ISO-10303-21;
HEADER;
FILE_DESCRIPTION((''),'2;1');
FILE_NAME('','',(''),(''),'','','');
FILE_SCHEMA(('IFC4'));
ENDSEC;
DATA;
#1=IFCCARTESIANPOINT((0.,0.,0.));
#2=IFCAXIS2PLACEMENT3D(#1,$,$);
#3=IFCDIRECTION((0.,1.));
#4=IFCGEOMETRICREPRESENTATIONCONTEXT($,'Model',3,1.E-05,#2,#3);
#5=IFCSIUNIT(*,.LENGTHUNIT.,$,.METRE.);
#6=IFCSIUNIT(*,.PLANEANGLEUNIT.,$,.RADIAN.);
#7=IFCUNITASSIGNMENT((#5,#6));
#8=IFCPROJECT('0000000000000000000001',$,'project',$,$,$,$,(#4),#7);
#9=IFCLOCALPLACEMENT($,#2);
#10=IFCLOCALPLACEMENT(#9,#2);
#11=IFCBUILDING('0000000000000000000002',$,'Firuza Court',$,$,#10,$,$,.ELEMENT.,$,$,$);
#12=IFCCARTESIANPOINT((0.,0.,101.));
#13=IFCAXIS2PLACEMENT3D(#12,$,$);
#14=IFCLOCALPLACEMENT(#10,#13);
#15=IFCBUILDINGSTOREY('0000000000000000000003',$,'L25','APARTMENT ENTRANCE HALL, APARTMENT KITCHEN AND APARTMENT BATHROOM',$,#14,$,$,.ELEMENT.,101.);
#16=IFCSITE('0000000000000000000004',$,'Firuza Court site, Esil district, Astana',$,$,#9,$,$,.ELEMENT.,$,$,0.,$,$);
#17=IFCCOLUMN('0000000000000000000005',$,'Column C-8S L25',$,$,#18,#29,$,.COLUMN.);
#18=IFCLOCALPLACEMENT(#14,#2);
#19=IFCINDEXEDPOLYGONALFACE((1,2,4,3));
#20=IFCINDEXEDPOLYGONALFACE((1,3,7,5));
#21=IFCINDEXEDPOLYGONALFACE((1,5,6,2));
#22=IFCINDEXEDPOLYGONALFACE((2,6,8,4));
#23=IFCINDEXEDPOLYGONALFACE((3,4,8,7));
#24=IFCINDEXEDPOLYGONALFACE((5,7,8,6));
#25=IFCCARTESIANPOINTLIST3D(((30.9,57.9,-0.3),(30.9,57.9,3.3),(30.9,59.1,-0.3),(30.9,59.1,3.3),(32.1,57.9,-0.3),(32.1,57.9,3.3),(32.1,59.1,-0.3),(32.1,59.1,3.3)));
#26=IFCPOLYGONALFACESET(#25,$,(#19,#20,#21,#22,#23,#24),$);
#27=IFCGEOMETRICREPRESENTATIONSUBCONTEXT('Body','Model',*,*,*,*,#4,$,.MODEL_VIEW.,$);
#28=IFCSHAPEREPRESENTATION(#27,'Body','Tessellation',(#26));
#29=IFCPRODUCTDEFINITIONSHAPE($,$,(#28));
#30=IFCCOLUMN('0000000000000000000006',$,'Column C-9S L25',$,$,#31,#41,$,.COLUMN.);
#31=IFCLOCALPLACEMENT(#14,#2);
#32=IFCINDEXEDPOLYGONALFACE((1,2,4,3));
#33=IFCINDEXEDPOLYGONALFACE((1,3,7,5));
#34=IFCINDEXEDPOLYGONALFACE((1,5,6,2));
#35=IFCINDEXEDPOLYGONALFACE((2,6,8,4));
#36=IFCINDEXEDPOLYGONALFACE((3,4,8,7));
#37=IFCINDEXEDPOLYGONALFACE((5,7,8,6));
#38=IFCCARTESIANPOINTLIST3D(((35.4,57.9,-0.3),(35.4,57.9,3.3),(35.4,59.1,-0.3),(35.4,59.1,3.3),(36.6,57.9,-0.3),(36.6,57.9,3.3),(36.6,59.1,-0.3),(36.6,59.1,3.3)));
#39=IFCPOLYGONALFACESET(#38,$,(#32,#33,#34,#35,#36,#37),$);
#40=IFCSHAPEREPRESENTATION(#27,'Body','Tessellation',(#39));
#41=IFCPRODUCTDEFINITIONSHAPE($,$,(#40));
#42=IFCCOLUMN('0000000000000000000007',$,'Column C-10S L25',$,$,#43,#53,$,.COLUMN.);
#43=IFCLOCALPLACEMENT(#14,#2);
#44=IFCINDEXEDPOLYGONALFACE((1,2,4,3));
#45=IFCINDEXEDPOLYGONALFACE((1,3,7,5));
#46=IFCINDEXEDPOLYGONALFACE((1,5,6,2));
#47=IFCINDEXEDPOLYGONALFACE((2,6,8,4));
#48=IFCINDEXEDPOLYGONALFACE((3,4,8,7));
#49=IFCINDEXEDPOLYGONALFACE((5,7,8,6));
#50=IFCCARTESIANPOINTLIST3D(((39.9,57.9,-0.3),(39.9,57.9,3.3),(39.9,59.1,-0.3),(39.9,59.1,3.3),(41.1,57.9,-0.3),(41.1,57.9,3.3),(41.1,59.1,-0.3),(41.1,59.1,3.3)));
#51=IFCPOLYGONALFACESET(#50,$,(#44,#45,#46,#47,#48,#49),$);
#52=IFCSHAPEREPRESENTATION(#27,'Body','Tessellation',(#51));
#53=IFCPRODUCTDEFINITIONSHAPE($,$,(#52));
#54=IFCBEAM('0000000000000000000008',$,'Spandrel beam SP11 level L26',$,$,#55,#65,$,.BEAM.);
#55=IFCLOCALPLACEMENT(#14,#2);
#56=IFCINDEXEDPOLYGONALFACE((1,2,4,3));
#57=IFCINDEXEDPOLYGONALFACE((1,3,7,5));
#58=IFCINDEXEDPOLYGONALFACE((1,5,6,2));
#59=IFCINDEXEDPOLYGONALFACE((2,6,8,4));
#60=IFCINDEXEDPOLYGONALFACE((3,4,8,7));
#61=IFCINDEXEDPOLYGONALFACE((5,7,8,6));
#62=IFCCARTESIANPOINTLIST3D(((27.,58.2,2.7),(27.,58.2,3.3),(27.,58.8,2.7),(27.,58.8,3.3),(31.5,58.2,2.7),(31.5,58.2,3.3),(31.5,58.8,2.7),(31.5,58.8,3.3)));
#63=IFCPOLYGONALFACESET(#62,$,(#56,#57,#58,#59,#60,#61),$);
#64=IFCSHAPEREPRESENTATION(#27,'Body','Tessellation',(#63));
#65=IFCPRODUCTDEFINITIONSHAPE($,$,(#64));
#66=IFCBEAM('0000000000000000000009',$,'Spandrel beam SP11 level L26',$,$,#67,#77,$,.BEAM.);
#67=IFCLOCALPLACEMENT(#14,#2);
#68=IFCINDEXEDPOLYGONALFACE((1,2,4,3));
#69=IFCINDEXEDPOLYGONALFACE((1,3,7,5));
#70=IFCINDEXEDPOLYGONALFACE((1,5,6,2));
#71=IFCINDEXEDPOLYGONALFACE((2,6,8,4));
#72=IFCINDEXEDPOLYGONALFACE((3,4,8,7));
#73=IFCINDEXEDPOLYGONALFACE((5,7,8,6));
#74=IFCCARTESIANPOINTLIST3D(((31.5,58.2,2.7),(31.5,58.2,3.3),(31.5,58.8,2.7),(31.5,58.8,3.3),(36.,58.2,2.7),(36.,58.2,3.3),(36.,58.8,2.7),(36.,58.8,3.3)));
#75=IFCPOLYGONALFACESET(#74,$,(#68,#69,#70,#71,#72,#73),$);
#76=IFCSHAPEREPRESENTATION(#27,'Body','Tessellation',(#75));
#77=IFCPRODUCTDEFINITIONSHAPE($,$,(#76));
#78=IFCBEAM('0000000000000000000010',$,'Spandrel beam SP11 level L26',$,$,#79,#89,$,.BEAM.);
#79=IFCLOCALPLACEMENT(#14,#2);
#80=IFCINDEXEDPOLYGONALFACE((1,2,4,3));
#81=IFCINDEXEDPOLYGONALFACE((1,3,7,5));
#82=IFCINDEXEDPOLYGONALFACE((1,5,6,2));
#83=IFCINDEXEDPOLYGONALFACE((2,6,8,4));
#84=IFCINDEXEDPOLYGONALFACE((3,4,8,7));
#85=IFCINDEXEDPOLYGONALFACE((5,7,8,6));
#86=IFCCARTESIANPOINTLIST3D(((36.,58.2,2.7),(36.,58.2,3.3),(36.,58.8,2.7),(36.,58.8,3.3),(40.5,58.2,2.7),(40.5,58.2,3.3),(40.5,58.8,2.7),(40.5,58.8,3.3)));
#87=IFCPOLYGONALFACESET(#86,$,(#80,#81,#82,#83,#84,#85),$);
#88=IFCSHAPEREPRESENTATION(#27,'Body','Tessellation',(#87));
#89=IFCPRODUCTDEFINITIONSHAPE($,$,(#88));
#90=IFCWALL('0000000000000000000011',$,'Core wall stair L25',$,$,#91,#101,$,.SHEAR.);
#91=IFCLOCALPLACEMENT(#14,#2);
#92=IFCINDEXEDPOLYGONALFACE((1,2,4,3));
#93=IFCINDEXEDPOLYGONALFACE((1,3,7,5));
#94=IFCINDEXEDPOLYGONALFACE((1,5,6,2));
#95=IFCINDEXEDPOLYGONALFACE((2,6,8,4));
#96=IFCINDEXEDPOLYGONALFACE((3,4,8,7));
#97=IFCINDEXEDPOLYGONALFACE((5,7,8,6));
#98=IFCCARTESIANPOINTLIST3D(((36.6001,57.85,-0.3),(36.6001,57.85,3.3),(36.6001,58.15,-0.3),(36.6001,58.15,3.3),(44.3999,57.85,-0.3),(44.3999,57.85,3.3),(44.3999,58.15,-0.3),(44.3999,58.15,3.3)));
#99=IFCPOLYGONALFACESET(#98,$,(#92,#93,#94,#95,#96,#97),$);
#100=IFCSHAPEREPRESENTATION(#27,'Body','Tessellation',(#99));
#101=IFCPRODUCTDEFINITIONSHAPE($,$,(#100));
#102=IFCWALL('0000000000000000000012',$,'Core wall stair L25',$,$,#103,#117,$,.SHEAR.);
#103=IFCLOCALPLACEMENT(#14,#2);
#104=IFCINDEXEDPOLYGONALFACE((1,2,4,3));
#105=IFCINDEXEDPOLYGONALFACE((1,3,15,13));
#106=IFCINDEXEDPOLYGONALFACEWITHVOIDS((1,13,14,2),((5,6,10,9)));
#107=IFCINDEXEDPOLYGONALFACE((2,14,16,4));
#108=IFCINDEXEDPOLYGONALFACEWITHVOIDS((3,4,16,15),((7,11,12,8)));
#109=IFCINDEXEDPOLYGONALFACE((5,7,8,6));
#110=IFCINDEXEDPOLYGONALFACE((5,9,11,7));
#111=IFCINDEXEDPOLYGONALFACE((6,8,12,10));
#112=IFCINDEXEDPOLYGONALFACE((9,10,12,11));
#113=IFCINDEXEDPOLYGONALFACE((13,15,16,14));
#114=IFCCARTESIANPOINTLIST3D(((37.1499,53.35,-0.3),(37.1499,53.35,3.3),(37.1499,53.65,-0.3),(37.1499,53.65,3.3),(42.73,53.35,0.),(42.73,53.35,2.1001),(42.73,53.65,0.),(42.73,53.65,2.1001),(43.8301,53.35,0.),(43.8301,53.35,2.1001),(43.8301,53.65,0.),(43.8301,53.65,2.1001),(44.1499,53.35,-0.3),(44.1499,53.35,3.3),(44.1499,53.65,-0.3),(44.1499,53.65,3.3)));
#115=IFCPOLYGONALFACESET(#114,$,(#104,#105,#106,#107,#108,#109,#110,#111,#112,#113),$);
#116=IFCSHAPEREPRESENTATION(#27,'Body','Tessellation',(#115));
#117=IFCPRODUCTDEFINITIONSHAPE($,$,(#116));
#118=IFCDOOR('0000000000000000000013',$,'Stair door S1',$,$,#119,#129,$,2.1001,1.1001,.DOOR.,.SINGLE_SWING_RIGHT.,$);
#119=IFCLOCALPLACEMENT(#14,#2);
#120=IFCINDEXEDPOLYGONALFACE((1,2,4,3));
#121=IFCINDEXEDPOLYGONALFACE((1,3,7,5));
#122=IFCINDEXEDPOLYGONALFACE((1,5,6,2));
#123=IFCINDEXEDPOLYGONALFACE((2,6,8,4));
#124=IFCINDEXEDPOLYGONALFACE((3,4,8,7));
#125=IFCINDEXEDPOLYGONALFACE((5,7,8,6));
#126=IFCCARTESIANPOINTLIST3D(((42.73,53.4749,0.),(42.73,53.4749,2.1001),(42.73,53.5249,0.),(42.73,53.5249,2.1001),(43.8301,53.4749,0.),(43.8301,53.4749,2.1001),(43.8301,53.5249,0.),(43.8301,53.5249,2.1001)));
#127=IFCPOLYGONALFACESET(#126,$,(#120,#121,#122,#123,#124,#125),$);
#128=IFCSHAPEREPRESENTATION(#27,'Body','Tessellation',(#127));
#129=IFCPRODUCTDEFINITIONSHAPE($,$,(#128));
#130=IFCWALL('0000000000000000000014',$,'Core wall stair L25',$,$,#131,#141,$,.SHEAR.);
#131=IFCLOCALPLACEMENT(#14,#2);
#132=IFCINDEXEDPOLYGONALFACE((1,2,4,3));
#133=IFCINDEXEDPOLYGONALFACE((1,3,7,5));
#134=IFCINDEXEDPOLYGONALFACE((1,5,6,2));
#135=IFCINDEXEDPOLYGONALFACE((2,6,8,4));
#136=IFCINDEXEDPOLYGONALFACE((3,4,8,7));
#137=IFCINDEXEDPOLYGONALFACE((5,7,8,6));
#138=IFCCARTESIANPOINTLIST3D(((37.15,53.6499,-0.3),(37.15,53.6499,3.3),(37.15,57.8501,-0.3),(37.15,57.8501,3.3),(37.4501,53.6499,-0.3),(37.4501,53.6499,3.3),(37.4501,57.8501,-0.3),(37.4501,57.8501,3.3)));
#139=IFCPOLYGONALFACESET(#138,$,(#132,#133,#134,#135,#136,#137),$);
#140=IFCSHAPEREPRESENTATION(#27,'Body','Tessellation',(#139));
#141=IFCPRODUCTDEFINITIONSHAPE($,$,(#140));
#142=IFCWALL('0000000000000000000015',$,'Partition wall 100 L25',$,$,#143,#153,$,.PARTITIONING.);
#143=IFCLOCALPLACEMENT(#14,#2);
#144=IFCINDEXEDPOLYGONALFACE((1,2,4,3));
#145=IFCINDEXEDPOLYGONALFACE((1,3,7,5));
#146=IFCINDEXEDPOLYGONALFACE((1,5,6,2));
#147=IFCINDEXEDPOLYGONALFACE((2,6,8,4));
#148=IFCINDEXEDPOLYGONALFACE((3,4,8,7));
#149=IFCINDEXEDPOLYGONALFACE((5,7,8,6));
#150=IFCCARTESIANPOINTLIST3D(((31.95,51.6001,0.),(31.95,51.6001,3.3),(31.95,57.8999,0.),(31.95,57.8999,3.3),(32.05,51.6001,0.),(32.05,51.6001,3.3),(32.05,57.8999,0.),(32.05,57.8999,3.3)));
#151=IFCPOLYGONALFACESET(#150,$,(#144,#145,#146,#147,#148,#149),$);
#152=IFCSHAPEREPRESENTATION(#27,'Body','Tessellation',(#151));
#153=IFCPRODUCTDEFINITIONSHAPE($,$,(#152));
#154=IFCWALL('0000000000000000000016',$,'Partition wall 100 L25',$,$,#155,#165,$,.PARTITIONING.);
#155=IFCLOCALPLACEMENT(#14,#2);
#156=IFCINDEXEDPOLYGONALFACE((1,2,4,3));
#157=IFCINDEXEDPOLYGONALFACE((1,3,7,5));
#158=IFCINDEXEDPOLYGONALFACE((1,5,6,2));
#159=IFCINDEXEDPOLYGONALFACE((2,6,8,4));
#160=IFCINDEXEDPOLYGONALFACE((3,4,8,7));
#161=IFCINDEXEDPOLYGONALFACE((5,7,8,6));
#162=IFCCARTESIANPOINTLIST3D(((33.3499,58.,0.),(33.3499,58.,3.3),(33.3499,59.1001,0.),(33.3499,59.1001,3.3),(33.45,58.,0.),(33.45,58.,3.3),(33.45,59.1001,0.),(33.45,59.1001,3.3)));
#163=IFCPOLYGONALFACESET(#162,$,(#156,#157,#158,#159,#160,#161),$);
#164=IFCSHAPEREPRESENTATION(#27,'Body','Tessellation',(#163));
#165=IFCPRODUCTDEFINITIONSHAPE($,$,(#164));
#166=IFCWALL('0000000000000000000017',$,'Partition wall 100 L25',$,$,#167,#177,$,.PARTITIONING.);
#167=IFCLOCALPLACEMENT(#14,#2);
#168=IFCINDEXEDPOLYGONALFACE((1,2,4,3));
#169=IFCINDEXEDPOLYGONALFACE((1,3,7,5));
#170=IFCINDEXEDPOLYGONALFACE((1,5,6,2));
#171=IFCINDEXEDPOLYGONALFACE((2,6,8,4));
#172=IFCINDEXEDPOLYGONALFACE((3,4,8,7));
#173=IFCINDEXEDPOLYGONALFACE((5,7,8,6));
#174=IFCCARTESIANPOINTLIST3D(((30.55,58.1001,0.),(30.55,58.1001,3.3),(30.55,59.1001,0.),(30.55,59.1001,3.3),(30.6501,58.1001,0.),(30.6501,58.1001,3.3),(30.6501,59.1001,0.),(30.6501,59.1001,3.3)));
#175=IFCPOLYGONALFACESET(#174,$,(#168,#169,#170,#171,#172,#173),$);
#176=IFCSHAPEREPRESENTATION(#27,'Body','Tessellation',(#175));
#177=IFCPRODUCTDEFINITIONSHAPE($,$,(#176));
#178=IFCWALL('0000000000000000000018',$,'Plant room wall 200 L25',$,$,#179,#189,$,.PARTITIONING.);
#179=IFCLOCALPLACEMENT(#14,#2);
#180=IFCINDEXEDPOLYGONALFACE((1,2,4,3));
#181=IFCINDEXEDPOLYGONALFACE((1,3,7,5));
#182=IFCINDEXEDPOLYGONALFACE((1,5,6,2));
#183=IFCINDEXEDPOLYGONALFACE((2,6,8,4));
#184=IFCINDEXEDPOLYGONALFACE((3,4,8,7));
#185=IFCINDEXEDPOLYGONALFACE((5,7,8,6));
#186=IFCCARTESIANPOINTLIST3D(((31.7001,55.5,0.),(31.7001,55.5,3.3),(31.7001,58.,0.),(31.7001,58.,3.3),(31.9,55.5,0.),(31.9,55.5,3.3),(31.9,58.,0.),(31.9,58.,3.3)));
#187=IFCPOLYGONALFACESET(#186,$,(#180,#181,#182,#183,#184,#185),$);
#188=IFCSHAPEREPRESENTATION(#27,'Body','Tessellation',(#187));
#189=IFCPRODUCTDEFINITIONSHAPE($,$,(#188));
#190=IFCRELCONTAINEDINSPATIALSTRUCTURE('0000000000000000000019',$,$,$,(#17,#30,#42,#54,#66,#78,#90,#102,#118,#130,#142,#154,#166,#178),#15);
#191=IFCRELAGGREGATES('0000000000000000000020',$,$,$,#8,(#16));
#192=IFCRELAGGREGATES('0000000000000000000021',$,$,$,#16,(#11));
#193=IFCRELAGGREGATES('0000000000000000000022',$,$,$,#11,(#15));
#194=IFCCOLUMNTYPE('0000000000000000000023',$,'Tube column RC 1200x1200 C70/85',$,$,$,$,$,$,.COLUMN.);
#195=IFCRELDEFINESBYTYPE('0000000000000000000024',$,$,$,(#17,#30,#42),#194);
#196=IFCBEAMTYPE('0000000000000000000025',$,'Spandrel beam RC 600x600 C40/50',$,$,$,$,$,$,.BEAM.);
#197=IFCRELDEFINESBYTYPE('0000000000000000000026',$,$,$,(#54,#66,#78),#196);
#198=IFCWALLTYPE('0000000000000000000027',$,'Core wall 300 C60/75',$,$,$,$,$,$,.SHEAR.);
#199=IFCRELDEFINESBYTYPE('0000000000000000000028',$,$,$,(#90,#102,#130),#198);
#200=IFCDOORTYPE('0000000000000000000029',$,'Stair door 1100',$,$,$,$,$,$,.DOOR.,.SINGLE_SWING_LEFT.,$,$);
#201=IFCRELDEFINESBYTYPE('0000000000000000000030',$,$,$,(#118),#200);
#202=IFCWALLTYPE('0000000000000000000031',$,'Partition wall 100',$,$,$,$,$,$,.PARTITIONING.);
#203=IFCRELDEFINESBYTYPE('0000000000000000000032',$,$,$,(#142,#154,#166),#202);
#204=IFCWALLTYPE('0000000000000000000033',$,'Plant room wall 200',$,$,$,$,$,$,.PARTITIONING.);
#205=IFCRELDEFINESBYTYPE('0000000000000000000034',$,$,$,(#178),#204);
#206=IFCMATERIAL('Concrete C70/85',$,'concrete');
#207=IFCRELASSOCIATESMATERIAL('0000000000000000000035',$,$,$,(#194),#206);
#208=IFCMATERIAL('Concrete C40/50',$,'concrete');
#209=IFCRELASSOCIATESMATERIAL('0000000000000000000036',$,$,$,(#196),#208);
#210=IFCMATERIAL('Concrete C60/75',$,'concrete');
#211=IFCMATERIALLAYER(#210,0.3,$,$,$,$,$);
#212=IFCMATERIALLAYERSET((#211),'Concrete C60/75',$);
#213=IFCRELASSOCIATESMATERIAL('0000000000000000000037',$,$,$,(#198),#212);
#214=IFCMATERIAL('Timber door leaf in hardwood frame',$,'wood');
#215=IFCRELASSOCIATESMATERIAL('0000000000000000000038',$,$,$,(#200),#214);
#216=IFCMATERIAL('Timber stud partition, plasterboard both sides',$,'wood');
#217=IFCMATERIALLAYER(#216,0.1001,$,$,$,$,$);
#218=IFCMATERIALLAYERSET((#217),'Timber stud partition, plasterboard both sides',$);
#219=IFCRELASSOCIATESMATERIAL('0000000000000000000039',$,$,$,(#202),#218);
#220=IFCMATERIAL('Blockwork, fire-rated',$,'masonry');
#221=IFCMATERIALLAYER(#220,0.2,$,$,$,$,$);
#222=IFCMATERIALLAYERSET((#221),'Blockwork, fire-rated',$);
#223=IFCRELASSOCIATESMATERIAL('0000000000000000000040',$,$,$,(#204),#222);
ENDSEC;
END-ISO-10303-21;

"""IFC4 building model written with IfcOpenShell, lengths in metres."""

from ifc_helpers import new_model, si_unit, direction, frame, frame_2d, origin, origin_2d, place, context, subcontext, project, spatial, rectangle, extrude, material, layer, layer_set, material_profile, profile_set, type_object, element, fill, save


model = new_model("IFC4")

# Units and contexts
model_context = context("Model", 3, precision=1e-05, world=origin(), true_north=direction((0.0, 1.0)))
body_context = subcontext(model_context, "Body", "Model", "MODEL_VIEW")
ifc_project = project(units=[si_unit("LENGTHUNIT", "METRE"), si_unit("PLANEANGLEUNIT", "RADIAN")], contexts=[model_context])

# Site, building, storey
site_placement = place(None, origin())
site = spatial("IfcSite", under=ifc_project, at=site_placement, Name="Firuza Court site, Esil district, Astana", CompositionType="ELEMENT", RefElevation=0.0)
building_placement = place(site_placement, origin())
building = spatial("IfcBuilding", under=site, at=building_placement, Name="Firuza Court", CompositionType="ELEMENT")
storey_placement = place(building_placement, frame((0.0, 0.0, 101.0)))
storey = spatial("IfcBuildingStorey", under=building, at=storey_placement, Name="L25", Description="APARTMENT ENTRANCE HALL, APARTMENT KITCHEN AND APARTMENT BATHROOM", CompositionType="ELEMENT", Elevation=101.0)

# Columns
ifc_material_1 = material(Name="Concrete C70/85", Category="concrete")
ifc_material_profile_1 = material_profile(ifc_material_1, rectangle(XDim=1.2, YDim=1.2, at=origin_2d()), Name="RC 1200x1200")
ifc_profile_set_1 = profile_set([ifc_material_profile_1], Name="Concrete C70/85")
column_type = type_object("IfcColumnType", Name="Tube column RC 1200x1200 C70/85", PredefinedType="COLUMN", material=ifc_profile_set_1)
for number, where, z_axis, x_axis, name in (
    (1, (31.5, 58.5, -0.3), (0.0, 0.0, 1.0), (1.0, 0.0, 0.0), "Column C-8S L25"),
    (2, (36.0, 58.5, -0.3), (0.0, 0.0, 1.0), (1.0, 0.0, 0.0), "Column C-9S L25"),
    (3, (40.5, 58.5, -0.3), (0.0, 0.0, 1.0), (1.0, 0.0, 0.0), "Column C-10S L25"),
):
    element("IfcColumn", number, at=place(storey_placement, frame(where, z_axis=z_axis, x_axis=x_axis)), inside=storey, type_object=column_type, Name=name, PredefinedType="COLUMN", context=body_context, shape_type="SweptSolid", body=[
        extrude(rectangle(XDim=1.2, YDim=1.2, at=origin_2d()), origin(), (0.0, 0.0, 1.0), 3.6001),
    ])

# Beams
ifc_material_2 = material(Name="Concrete C40/50", Category="concrete")
ifc_material_profile_2 = material_profile(ifc_material_2, rectangle(XDim=0.6001, YDim=0.6001, at=origin_2d()), Name="RC 600x600")
ifc_profile_set_2 = profile_set([ifc_material_profile_2], Name="Concrete C40/50")
beam_type = type_object("IfcBeamType", Name="Spandrel beam RC 600x600 C40/50", PredefinedType="BEAM", material=ifc_profile_set_2)
for number, where, z_axis, x_axis, name in (
    (4, (31.5, 58.5, 3.0), (-1.0, 0.0, 0.0), (0.0, -1.0, 0.0), "Spandrel beam SP11 level L26"),
    (5, (36.0, 58.5, 3.0), (-1.0, 0.0, 0.0), (0.0, -1.0, 0.0), "Spandrel beam SP11 level L26"),
    (6, (40.5, 58.5, 3.0), (-1.0, 0.0, 0.0), (0.0, -1.0, 0.0), "Spandrel beam SP11 level L26"),
):
    element("IfcBeam", number, at=place(storey_placement, frame(where, z_axis=z_axis, x_axis=x_axis)), inside=storey, type_object=beam_type, Name=name, PredefinedType="BEAM", context=body_context, shape_type="SweptSolid", body=[
        extrude(rectangle(XDim=0.6001, YDim=0.6001, at=origin_2d()), origin(), (0.0, 0.0, 1.0), 4.5),
    ])

# Wall
ifc_material_3 = material(Name="Concrete C60/75", Category="concrete")
ifc_layer_1 = layer(ifc_material_3, 0.3)
ifc_layer_set_1 = layer_set([ifc_layer_1], Name="Concrete C60/75")
wall_type_1 = type_object("IfcWallType", Name="Core wall 300 C60/75", PredefinedType="SHEAR", material=ifc_layer_set_1)
wall_1_placement = place(storey_placement, frame((36.6001, 58.0, -0.3), z_axis=(0.0, 0.0, 1.0), x_axis=(1.0, 0.0, 0.0)))
element("IfcWall", 7, at=wall_1_placement, inside=storey, type_object=wall_type_1, Name="Core wall stair L25", PredefinedType="SHEAR", context=body_context, shape_type="SweptSolid", body=[
    extrude(rectangle(XDim=7.7998, YDim=0.3, at=frame_2d((3.8999, 0.0))), origin(), (0.0, 0.0, 1.0), 3.6001),
])

# Wall, opening, door
wall_2_placement = place(storey_placement, frame((37.1499, 53.5, -0.3), z_axis=(0.0, 0.0, 1.0), x_axis=(1.0, 0.0, 0.0)))
wall_2 = element("IfcWall", 8, at=wall_2_placement, inside=storey, type_object=wall_type_1, Name="Core wall stair L25", PredefinedType="SHEAR", context=body_context, shape_type="SweptSolid", body=[
    extrude(rectangle(XDim=7.0, YDim=0.3, at=frame_2d((3.5, 0.0))), origin(), (0.0, 0.0, 1.0), 3.6001),
])
opening_1_placement = place(wall_2_placement, frame((5.5801, 0.0, 0.3)))
opening_1 = element("IfcOpeningElement", 9, at=opening_1_placement, cuts=wall_2, PredefinedType="OPENING", context=body_context, shape_type="SweptSolid", body=[
    extrude(rectangle(XDim=1.1001, YDim=2.1001, at=frame_2d((0.55, 1.05))), frame((0.0, 0.1621, 0.0), z_axis=(0.0, -1.0, 0.0), x_axis=(1.0, 0.0, 0.0)), (0.0, 0.0, 1.0), 0.324),
])
ifc_material_4 = material(Name="Timber door leaf in hardwood frame", Category="wood")
door_type_1 = type_object("IfcDoorType", Name="Stair door 1100", OperationType="SINGLE_SWING_LEFT", PredefinedType="DOOR", material=ifc_material_4)
door_1_placement = place(opening_1_placement, origin())
door_1 = element("IfcDoor", 10, at=door_1_placement, inside=storey, type_object=door_type_1, Name="Stair door S1", OperationType="SINGLE_SWING_RIGHT", OverallHeight=2.1001, OverallWidth=1.1001, PredefinedType="DOOR", context=body_context, shape_type="SweptSolid", body=[
    extrude(rectangle(XDim=1.1001, YDim=2.1001, at=frame_2d((0.55, 1.05))), frame((0.0, 0.0249, 0.0), z_axis=(0.0, -1.0, 0.0), x_axis=(1.0, 0.0, 0.0)), (0.0, 0.0, 1.0), 0.05),
])
fill(opening_1, door_1)

# Walls
wall_3_placement = place(storey_placement, frame((37.3, 53.6499, -0.3), z_axis=(0.0, 0.0, 1.0), x_axis=(0.0, 1.0, 0.0)))
element("IfcWall", 11, at=wall_3_placement, inside=storey, type_object=wall_type_1, Name="Core wall stair L25", PredefinedType="SHEAR", context=body_context, shape_type="SweptSolid", body=[
    extrude(rectangle(XDim=4.2002, YDim=0.3, at=frame_2d((2.1001, 0.0))), origin(), (0.0, 0.0, 1.0), 3.6001),
])
ifc_material_5 = material(Name="Timber stud partition, plasterboard both sides", Category="wood")
ifc_layer_2 = layer(ifc_material_5, 0.1001)
ifc_layer_set_2 = layer_set([ifc_layer_2], Name="Timber stud partition, plasterboard both sides")
wall_type_2 = type_object("IfcWallType", Name="Partition wall 100", PredefinedType="PARTITIONING", material=ifc_layer_set_2)
wall_4_placement = place(storey_placement, frame((32.0, 51.6001, 0.0), z_axis=(0.0, 0.0, 1.0), x_axis=(0.0, 1.0, 0.0)))
element("IfcWall", 12, at=wall_4_placement, inside=storey, type_object=wall_type_2, Name="Partition wall 100 L25", PredefinedType="PARTITIONING", context=body_context, shape_type="SweptSolid", body=[
    extrude(rectangle(XDim=6.2998, YDim=0.1001, at=frame_2d((3.1499, 0.0))), origin(), (0.0, 0.0, 1.0), 3.3),
])
wall_5_placement = place(storey_placement, frame((33.3999, 58.0, 0.0), z_axis=(0.0, 0.0, 1.0), x_axis=(0.0, 1.0, 0.0)))
element("IfcWall", 13, at=wall_5_placement, inside=storey, type_object=wall_type_2, Name="Partition wall 100 L25", PredefinedType="PARTITIONING", context=body_context, shape_type="SweptSolid", body=[
    extrude(rectangle(XDim=1.1001, YDim=0.1001, at=frame_2d((0.55, 0.0))), origin(), (0.0, 0.0, 1.0), 3.3),
])
wall_6_placement = place(storey_placement, frame((30.6001, 58.1001, 0.0), z_axis=(0.0, 0.0, 1.0), x_axis=(0.0, 1.0, 0.0)))
element("IfcWall", 14, at=wall_6_placement, inside=storey, type_object=wall_type_2, Name="Partition wall 100 L25", PredefinedType="PARTITIONING", context=body_context, shape_type="SweptSolid", body=[
    extrude(rectangle(XDim=1.0, YDim=0.1001, at=frame_2d((0.5, 0.0))), origin(), (0.0, 0.0, 1.0), 3.3),
])
ifc_material_6 = material(Name="Blockwork, fire-rated", Category="masonry")
ifc_layer_3 = layer(ifc_material_6, 0.2)
ifc_layer_set_3 = layer_set([ifc_layer_3], Name="Blockwork, fire-rated")
wall_type_3 = type_object("IfcWallType", Name="Plant room wall 200", PredefinedType="PARTITIONING", material=ifc_layer_set_3)
for number, where, z_axis, x_axis, name in (
    (15, (31.8, 55.5, 0.0), (0.0, 0.0, 1.0), (0.0, 1.0, 0.0), "Plant room wall 200 L25"),
):
    element("IfcWall", number, at=place(storey_placement, frame(where, z_axis=z_axis, x_axis=x_axis)), inside=storey, type_object=wall_type_3, Name=name, PredefinedType="PARTITIONING", context=body_context, shape_type="SweptSolid", body=[
        extrude(rectangle(XDim=2.5, YDim=0.2, at=frame_2d((1.25, 0.0))), origin(), (0.0, 0.0, 1.0), 3.3),
    ])

save(model, "model.ifc")
